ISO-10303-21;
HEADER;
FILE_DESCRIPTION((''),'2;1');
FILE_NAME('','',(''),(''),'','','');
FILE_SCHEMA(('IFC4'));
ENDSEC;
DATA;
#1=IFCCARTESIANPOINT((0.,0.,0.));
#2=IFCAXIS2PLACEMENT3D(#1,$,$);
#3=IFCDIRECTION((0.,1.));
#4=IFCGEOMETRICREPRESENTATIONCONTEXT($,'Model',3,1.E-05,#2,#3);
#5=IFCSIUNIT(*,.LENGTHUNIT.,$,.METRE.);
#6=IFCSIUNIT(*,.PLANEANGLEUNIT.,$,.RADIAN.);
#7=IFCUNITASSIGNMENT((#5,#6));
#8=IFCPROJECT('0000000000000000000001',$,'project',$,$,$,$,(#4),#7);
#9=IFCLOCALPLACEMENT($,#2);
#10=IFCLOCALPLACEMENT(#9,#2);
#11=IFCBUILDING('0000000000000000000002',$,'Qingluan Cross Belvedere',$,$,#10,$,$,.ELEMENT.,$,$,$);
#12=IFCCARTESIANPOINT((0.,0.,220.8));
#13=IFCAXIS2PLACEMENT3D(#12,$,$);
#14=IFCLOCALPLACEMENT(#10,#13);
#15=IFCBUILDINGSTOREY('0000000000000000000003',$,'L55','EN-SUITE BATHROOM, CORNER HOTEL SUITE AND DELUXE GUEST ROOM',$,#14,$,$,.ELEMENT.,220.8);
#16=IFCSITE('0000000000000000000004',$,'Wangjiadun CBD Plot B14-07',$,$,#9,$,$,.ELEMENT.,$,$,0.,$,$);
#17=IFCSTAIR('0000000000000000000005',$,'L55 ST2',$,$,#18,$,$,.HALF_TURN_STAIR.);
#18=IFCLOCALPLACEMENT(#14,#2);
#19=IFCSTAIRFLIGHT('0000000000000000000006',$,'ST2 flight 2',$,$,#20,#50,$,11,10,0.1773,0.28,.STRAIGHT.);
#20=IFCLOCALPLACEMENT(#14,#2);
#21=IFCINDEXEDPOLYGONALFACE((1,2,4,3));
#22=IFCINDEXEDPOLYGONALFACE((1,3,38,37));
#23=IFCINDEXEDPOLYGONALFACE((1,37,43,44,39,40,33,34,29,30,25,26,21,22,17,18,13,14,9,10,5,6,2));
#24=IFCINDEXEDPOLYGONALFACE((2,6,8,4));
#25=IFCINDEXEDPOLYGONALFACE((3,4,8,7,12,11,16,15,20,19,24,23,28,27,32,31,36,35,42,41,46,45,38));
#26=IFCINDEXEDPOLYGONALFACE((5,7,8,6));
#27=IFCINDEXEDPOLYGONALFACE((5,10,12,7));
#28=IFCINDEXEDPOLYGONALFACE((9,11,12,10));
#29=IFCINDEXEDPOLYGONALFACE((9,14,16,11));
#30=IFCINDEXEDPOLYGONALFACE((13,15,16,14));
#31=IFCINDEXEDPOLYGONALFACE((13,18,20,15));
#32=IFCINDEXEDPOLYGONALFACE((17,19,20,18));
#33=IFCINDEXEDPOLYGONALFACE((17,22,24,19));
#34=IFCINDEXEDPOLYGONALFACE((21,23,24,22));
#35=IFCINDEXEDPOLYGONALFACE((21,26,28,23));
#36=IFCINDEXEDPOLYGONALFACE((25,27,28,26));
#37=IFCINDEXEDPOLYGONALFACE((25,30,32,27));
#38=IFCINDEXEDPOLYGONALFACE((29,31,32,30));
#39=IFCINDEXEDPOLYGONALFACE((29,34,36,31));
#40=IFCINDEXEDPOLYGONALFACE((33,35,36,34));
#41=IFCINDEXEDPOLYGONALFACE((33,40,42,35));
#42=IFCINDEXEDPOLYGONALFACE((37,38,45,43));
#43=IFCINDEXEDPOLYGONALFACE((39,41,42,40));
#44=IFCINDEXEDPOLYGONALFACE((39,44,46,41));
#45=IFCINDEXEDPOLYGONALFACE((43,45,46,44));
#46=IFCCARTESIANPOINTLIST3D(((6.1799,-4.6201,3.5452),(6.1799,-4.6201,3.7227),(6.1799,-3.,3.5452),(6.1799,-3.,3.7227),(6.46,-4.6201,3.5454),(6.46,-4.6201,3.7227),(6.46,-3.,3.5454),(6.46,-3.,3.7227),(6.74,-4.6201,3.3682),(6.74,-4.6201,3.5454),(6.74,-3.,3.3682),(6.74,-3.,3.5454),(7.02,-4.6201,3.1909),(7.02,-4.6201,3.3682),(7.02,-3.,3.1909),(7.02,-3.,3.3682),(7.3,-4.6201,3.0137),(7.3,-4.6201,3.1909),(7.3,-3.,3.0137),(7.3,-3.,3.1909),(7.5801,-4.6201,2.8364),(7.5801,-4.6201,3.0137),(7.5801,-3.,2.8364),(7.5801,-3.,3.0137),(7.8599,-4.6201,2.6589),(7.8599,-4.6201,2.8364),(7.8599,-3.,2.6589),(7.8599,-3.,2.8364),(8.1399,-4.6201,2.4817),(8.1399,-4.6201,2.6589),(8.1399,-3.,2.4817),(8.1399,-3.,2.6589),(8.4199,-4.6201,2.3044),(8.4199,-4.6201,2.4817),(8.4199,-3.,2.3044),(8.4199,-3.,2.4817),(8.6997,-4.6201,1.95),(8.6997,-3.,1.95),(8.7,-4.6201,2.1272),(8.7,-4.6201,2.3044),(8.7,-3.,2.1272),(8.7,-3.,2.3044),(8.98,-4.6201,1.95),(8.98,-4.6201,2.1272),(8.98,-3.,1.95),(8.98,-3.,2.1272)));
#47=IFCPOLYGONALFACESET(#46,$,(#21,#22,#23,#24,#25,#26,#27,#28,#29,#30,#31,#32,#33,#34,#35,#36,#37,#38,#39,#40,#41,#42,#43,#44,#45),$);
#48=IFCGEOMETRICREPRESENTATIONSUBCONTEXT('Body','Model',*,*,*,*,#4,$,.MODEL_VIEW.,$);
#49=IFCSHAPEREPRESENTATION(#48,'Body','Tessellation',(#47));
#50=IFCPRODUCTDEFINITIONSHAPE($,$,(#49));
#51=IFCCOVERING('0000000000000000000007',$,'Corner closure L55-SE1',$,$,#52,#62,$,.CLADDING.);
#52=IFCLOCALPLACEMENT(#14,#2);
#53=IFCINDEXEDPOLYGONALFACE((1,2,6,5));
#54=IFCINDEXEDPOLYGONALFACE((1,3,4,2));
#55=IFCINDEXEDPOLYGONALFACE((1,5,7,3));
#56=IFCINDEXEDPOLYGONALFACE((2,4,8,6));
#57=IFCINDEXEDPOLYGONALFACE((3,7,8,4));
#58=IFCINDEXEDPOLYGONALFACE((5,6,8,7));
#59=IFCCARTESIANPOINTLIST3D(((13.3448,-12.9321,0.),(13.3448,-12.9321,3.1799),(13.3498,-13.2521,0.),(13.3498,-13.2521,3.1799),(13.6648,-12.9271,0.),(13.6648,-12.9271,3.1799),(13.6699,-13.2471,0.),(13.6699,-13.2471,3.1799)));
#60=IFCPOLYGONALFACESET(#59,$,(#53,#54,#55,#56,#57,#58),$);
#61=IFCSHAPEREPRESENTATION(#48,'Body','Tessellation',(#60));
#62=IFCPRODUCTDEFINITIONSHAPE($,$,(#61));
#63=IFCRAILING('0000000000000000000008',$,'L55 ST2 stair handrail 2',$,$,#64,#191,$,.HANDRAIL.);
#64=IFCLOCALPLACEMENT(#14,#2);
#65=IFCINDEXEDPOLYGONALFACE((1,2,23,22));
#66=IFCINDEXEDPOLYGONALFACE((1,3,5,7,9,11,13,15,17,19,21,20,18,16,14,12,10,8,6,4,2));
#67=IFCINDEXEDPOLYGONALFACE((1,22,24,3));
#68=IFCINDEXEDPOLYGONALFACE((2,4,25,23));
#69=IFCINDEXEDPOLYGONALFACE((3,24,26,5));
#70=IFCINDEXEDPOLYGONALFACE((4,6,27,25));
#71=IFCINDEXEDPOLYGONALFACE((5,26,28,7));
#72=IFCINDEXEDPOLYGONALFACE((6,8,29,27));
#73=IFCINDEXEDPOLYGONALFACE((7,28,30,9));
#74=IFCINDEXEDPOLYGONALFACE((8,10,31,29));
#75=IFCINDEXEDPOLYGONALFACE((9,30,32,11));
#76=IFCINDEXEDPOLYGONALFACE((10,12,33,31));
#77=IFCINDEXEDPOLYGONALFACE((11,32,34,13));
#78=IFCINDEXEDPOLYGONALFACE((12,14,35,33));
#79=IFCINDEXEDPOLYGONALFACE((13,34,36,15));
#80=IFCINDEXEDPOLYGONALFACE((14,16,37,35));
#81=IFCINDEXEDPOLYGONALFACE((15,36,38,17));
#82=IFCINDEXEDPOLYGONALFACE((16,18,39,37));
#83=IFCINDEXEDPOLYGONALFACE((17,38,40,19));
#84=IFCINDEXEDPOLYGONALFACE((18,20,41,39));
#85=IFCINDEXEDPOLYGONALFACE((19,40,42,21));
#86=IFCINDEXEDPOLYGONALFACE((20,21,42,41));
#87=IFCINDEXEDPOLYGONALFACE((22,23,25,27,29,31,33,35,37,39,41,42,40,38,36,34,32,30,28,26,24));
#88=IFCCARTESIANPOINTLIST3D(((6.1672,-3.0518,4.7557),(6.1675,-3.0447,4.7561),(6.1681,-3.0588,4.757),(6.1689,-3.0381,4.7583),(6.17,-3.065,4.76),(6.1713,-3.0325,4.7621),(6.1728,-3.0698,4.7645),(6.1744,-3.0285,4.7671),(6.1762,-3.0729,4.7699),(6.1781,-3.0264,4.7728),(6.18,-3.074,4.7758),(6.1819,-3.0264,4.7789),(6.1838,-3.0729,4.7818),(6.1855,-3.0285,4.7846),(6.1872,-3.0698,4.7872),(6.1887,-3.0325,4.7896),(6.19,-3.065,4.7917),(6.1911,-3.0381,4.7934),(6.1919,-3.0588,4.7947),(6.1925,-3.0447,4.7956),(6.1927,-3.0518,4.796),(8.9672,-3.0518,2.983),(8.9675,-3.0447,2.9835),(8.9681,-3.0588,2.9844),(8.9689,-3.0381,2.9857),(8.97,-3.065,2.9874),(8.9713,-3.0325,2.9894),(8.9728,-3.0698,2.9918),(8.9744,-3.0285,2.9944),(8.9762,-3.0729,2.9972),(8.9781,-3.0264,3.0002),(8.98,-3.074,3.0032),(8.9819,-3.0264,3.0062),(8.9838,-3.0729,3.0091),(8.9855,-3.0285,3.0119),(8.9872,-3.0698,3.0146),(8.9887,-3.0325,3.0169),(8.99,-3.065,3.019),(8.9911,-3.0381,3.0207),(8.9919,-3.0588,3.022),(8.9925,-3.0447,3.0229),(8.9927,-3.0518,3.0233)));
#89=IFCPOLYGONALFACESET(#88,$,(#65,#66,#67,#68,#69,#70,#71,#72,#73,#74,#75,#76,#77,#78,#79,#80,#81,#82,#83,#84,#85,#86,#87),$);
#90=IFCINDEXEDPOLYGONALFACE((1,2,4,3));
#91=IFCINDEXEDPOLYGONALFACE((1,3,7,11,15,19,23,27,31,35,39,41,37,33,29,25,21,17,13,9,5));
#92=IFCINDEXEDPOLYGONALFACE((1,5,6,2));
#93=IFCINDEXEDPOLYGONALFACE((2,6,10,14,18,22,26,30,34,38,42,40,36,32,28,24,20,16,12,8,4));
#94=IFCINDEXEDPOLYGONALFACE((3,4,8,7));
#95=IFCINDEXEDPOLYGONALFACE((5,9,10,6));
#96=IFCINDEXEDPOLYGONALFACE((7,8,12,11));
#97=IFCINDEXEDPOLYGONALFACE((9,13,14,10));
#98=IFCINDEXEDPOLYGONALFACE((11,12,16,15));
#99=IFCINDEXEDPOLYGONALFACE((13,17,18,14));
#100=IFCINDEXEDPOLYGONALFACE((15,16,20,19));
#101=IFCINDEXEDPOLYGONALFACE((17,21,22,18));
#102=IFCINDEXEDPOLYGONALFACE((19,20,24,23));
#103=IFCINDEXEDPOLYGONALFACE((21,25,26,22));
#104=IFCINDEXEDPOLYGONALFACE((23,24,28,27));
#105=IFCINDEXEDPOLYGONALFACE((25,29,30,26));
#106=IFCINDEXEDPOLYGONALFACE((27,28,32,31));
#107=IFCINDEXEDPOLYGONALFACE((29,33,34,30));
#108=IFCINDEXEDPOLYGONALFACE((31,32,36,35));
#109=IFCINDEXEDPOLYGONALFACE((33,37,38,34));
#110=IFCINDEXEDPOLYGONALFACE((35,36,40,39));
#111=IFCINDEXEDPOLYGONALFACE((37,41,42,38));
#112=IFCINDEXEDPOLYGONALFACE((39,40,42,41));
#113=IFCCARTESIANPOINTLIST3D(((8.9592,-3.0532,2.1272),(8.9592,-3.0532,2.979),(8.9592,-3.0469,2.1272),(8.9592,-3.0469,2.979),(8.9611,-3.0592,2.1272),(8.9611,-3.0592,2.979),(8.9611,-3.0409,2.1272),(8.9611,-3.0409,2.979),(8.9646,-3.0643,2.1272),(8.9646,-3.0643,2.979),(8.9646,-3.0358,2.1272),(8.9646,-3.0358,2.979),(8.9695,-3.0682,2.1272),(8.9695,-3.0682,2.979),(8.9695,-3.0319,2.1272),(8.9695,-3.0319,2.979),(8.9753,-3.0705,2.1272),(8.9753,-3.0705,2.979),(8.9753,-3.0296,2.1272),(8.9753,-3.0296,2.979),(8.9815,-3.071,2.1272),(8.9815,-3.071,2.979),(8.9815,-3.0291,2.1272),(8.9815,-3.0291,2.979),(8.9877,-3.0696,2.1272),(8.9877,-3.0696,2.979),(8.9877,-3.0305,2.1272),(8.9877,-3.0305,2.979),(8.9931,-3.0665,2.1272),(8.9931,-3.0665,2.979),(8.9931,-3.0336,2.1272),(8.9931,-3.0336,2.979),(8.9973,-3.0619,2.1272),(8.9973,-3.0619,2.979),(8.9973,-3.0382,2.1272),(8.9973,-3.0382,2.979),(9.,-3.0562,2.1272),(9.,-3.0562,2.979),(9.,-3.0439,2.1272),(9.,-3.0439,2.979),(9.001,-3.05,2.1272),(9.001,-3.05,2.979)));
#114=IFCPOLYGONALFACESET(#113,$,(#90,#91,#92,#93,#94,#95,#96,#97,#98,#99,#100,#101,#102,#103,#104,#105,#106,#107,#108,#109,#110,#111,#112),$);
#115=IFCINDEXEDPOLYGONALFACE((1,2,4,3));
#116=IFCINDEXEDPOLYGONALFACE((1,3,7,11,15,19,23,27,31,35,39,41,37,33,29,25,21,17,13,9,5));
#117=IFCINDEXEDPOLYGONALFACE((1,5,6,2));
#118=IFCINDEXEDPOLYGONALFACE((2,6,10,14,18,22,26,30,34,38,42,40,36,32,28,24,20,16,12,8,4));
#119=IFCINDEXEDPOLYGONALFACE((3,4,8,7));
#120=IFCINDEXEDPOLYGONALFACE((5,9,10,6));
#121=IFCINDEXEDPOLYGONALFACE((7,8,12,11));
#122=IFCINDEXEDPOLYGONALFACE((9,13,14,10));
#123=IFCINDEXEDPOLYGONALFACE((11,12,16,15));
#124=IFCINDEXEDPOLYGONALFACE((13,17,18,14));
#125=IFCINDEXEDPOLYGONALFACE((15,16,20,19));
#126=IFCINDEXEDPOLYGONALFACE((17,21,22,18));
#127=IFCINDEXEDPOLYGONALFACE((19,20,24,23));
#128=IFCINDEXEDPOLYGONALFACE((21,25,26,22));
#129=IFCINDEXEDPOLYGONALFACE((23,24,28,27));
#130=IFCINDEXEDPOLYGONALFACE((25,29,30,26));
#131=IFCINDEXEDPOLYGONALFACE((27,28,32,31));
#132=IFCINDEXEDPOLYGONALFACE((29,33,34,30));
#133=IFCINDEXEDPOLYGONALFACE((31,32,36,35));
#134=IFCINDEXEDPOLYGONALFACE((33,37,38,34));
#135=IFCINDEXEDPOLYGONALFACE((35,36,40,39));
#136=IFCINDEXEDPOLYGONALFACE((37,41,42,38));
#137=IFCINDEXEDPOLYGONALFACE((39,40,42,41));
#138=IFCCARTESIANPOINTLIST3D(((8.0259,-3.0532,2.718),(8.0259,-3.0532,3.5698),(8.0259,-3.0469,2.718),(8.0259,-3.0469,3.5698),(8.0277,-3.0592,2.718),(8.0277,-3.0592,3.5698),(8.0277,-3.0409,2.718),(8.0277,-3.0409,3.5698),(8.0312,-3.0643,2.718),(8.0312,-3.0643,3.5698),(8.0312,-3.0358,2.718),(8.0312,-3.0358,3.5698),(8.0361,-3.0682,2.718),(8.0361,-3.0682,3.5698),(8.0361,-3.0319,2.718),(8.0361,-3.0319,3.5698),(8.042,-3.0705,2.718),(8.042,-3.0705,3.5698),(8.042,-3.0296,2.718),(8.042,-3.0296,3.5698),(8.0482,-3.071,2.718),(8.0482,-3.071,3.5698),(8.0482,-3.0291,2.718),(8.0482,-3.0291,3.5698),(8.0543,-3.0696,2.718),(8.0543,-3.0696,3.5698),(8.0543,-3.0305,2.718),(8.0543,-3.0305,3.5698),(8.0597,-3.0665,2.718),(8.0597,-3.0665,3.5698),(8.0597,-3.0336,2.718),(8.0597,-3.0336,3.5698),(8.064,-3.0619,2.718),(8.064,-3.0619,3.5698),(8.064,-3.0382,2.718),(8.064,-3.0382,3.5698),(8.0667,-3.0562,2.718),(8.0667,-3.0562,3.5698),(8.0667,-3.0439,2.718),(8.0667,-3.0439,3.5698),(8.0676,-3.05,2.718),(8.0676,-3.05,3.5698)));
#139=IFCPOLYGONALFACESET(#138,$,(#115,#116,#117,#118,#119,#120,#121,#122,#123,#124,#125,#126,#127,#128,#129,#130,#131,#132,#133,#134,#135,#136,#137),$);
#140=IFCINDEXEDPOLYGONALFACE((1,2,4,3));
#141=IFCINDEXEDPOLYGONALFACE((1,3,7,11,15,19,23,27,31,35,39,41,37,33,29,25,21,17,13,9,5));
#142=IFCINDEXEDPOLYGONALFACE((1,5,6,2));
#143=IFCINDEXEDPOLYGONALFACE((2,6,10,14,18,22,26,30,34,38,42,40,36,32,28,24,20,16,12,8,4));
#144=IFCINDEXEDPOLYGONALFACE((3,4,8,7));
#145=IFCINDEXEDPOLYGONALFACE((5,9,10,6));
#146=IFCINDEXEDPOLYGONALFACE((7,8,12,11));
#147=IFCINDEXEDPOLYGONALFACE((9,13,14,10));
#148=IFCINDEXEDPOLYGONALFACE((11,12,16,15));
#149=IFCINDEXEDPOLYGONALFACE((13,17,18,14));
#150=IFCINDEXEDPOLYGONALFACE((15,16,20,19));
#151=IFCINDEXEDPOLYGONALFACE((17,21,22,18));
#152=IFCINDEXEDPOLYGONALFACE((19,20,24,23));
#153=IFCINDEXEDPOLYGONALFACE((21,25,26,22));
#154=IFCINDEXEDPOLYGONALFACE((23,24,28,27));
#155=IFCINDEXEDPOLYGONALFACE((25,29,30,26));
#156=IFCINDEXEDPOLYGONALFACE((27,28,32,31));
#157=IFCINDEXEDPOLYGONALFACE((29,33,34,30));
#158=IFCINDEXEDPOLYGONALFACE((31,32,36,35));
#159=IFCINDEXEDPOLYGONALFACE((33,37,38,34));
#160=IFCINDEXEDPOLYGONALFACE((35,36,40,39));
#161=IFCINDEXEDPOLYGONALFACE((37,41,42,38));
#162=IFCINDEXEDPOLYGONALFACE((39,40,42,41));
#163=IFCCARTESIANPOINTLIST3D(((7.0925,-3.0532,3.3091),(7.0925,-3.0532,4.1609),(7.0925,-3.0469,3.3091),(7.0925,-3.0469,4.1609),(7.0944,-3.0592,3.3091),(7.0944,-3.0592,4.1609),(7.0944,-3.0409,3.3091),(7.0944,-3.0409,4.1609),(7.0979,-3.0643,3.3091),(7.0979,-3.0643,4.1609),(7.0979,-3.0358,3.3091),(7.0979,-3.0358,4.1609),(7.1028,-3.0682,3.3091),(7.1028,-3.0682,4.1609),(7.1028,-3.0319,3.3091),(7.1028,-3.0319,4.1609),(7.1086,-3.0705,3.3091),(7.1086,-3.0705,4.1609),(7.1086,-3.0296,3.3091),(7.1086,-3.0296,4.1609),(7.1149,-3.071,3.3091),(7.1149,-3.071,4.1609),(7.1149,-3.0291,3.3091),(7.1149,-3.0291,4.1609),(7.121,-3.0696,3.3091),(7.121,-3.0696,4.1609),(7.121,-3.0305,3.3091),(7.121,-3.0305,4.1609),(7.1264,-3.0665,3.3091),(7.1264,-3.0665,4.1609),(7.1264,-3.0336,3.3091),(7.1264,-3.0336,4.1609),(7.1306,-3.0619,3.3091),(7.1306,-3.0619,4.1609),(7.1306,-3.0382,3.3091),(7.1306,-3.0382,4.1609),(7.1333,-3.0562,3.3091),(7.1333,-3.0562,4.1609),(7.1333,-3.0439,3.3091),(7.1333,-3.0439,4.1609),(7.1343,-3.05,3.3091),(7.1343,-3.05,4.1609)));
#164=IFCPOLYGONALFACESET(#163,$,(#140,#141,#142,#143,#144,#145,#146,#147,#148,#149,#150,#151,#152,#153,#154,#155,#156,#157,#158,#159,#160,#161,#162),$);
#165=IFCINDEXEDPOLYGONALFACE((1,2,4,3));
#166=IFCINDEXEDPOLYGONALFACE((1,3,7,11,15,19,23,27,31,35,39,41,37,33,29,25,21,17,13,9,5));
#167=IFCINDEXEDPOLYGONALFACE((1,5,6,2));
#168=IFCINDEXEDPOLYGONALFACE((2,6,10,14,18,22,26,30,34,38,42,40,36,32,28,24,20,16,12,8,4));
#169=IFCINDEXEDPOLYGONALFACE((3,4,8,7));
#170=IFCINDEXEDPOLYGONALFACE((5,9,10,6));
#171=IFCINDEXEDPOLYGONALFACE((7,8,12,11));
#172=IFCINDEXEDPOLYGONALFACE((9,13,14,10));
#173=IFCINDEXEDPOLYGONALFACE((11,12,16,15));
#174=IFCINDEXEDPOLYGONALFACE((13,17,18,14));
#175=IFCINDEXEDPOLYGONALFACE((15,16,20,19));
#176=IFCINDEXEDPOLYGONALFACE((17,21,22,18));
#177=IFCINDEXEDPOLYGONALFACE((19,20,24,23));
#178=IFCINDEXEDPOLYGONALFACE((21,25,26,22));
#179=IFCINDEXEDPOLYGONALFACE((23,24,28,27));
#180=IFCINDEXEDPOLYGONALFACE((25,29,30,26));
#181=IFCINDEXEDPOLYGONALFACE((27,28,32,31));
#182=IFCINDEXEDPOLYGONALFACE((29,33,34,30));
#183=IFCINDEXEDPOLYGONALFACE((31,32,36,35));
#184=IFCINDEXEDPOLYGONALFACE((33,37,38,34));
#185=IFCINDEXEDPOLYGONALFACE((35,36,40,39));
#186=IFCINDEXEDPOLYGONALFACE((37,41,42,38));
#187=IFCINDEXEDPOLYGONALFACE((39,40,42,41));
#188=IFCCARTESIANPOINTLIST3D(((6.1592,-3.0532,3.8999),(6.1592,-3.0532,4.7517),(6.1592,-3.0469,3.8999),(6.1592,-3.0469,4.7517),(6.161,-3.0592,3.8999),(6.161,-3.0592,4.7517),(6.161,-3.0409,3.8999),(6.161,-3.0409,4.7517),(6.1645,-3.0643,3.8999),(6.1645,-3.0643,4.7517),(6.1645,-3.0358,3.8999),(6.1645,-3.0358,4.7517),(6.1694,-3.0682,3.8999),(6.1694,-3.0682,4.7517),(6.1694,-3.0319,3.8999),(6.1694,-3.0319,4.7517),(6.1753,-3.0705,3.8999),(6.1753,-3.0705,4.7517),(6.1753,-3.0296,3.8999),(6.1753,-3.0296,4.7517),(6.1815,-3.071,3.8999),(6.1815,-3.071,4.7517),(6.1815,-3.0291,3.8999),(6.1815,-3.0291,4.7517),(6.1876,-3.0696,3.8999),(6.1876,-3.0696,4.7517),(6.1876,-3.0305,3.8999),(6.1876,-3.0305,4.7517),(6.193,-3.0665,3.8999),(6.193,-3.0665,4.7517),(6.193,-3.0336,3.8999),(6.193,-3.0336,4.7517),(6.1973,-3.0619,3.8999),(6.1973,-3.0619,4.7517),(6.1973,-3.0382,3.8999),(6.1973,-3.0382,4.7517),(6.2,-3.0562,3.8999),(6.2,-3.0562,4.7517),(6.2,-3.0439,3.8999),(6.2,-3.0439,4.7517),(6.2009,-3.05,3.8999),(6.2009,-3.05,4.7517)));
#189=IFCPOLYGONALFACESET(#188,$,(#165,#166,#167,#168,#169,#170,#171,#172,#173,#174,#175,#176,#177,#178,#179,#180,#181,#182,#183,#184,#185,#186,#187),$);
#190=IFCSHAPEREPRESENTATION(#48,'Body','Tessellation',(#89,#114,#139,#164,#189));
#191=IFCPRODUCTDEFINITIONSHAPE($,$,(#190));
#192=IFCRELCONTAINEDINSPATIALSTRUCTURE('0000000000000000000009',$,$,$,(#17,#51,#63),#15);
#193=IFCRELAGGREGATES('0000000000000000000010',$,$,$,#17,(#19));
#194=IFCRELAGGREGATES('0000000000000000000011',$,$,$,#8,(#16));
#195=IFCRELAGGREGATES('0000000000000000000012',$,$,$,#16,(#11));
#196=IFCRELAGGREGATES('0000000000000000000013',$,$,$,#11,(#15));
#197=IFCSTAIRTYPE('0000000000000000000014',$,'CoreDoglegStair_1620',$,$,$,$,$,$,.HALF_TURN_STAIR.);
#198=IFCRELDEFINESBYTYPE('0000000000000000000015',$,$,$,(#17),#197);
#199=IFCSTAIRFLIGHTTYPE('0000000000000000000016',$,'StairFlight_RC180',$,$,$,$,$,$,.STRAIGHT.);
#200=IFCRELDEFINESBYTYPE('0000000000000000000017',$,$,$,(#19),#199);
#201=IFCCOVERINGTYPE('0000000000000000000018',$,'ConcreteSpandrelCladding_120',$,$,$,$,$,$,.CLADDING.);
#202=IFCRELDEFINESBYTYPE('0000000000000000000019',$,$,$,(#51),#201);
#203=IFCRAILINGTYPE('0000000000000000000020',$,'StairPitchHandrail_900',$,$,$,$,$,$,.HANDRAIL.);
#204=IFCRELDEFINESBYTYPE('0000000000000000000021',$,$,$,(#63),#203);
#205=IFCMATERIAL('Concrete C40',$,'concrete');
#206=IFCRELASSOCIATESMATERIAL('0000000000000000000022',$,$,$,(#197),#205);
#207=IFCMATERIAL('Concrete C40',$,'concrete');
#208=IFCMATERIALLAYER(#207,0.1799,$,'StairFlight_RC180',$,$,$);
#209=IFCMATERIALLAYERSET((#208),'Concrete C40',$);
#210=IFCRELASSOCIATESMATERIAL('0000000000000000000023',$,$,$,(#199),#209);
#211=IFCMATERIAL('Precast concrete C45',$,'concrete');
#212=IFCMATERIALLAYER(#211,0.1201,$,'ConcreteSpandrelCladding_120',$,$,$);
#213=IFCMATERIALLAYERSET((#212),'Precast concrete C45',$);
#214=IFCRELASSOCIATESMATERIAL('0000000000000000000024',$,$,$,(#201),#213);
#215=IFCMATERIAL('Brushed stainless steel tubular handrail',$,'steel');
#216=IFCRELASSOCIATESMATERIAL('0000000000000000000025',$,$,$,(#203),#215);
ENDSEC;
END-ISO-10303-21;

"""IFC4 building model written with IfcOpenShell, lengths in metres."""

from ifc_helpers import new_model, si_unit, direction, frame, origin, origin_2d, place, context, subcontext, project, spatial, polyline, rectangle, circle, outline, extrude, material, layer, layer_set, type_object, element, aggregate, save


model = new_model("IFC4")

# Units and contexts
model_context = context("Model", 3, precision=1e-05, world=origin(), true_north=direction((0.0, 1.0)))
body_context = subcontext(model_context, "Body", "Model", "MODEL_VIEW")
ifc_project = project(units=[si_unit("LENGTHUNIT", "METRE"), si_unit("PLANEANGLEUNIT", "RADIAN")], contexts=[model_context])

# Site, building, storey
site_placement = place(None, origin())
site = spatial("IfcSite", under=ifc_project, at=site_placement, Name="Wangjiadun CBD Plot B14-07", CompositionType="ELEMENT", RefElevation=0.0)
building_placement = place(site_placement, origin())
building = spatial("IfcBuilding", under=site, at=building_placement, Name="Qingluan Cross Belvedere", CompositionType="ELEMENT")
storey_placement = place(building_placement, frame((0.0, 0.0, 220.8)))
storey = spatial("IfcBuildingStorey", under=building, at=storey_placement, Name="L55", Description="EN-SUITE BATHROOM, CORNER HOTEL SUITE AND DELUXE GUEST ROOM", CompositionType="ELEMENT", Elevation=220.8)

# Stair, stair flight
ifc_material_1 = material(Name="Concrete C40", Category="concrete")
stair_type = type_object("IfcStairType", Name="CoreDoglegStair_1620", PredefinedType="HALF_TURN_STAIR", material=ifc_material_1)
stair_placement = place(storey_placement, origin())
stair = element("IfcStair", 1, at=stair_placement, inside=storey, type_object=stair_type, Name="L55 ST2", PredefinedType="HALF_TURN_STAIR")
ifc_material_2 = material(Name="Concrete C40", Category="concrete")
ifc_layer_1 = layer(ifc_material_2, 0.1799, Name="StairFlight_RC180")
ifc_layer_set_1 = layer_set([ifc_layer_1], Name="Concrete C40")
stair_flight_type = type_object("IfcStairFlightType", Name="StairFlight_RC180", PredefinedType="STRAIGHT", material=ifc_layer_set_1)
stair_flight_placement = place(storey_placement, frame((8.98, -3.8101, 1.95), z_axis=(0.0, 0.0, 1.0), x_axis=(-1.0, 0.0, 0.0)))
stair_flight = element("IfcStairFlight", 2, at=stair_flight_placement, type_object=stair_flight_type, Name="ST2 flight 2", NumberOfRisers=11, NumberOfTreads=10, PredefinedType="STRAIGHT", RiserHeight=0.1773, TreadLength=0.28, context=body_context, shape_type="SweptSolid", body=[
    extrude(outline(polyline([(0.0, 0.0), (0.0, 0.1772), (0.28, 0.1772), (0.28, 0.3545), (0.5601, 0.3545), (0.5601, 0.5317), (0.8401, 0.5317), (0.8401, 0.709), (1.1201, 0.709), (1.1201, 0.8865), (1.3999, 0.8865), (1.3999, 1.0637), (1.6799, 1.0637), (1.6799, 1.241), (1.96, 1.241), (1.96, 1.4182), (2.24, 1.4182), (2.24, 1.5955), (2.52, 1.5955), (2.52, 1.7727), (2.8, 1.7727), (2.8, 1.95), (2.8, 1.5952), (0.2803, 0.0), (0.0, 0.0)])), frame((0.0, 0.8101, 0.0), z_axis=(0.0, -1.0, 0.0), x_axis=(1.0, 0.0, 0.0)), (0.0, 0.0, 1.0), 1.6201),
])
aggregate(stair, [stair_flight])

# Covering
ifc_material_3 = material(Name="Precast concrete C45", Category="concrete")
ifc_layer_2 = layer(ifc_material_3, 0.1201, Name="ConcreteSpandrelCladding_120")
ifc_layer_set_2 = layer_set([ifc_layer_2], Name="Precast concrete C45")
covering_type_1 = type_object("IfcCoveringType", Name="ConcreteSpandrelCladding_120", PredefinedType="CLADDING", material=ifc_layer_set_2)
covering_1_placement = place(storey_placement, frame((13.5073, -13.0896, 0.0), z_axis=(0.0, 0.0, 1.0), x_axis=(0.999877, 0.015707, 0.0)))
element("IfcCovering", 3, at=covering_1_placement, inside=storey, type_object=covering_type_1, Name="Corner closure L55-SE1", PredefinedType="CLADDING", context=body_context, shape_type="SweptSolid", body=[
    extrude(rectangle(XDim=0.3201, YDim=0.3201, at=origin_2d()), origin(), (0.0, 0.0, 1.0), 3.1799),
])

# Railing
ifc_material_4 = material(Name="Brushed stainless steel tubular handrail", Category="steel")
railing_type_1 = type_object("IfcRailingType", Name="StairPitchHandrail_900", PredefinedType="HANDRAIL", material=ifc_material_4)
railing_1_placement = place(storey_placement, frame((8.98, -3.05, 2.1272)))
element("IfcRailing", 4, at=railing_1_placement, inside=storey, type_object=railing_type_1, Name="L55 ST2 stair handrail 2", PredefinedType="HANDRAIL", context=body_context, shape_type="SweptSolid", body=[
    extrude(circle(Radius=0.0239, at=origin_2d()), frame((0.0, 0.0, 0.876), z_axis=(-0.844909, 0.0, 0.53491), x_axis=(0.0, -1.0, 0.0)), (0.0, 0.0, 1.0), 3.314),
    extrude(circle(Radius=0.021, at=origin_2d()), origin(), (0.0, 0.0, 1.0), 0.8518),
    extrude(circle(Radius=0.021, at=origin_2d()), frame((-0.9333, 0.0, 0.5908)), (0.0, 0.0, 1.0), 0.8518),
    extrude(circle(Radius=0.021, at=origin_2d()), frame((-1.8667, 0.0, 1.1819)), (0.0, 0.0, 1.0), 0.8518),
    extrude(circle(Radius=0.021, at=origin_2d()), frame((-2.8, 0.0, 1.7727)), (0.0, 0.0, 1.0), 0.8518),
])

save(model, "model.ifc")
